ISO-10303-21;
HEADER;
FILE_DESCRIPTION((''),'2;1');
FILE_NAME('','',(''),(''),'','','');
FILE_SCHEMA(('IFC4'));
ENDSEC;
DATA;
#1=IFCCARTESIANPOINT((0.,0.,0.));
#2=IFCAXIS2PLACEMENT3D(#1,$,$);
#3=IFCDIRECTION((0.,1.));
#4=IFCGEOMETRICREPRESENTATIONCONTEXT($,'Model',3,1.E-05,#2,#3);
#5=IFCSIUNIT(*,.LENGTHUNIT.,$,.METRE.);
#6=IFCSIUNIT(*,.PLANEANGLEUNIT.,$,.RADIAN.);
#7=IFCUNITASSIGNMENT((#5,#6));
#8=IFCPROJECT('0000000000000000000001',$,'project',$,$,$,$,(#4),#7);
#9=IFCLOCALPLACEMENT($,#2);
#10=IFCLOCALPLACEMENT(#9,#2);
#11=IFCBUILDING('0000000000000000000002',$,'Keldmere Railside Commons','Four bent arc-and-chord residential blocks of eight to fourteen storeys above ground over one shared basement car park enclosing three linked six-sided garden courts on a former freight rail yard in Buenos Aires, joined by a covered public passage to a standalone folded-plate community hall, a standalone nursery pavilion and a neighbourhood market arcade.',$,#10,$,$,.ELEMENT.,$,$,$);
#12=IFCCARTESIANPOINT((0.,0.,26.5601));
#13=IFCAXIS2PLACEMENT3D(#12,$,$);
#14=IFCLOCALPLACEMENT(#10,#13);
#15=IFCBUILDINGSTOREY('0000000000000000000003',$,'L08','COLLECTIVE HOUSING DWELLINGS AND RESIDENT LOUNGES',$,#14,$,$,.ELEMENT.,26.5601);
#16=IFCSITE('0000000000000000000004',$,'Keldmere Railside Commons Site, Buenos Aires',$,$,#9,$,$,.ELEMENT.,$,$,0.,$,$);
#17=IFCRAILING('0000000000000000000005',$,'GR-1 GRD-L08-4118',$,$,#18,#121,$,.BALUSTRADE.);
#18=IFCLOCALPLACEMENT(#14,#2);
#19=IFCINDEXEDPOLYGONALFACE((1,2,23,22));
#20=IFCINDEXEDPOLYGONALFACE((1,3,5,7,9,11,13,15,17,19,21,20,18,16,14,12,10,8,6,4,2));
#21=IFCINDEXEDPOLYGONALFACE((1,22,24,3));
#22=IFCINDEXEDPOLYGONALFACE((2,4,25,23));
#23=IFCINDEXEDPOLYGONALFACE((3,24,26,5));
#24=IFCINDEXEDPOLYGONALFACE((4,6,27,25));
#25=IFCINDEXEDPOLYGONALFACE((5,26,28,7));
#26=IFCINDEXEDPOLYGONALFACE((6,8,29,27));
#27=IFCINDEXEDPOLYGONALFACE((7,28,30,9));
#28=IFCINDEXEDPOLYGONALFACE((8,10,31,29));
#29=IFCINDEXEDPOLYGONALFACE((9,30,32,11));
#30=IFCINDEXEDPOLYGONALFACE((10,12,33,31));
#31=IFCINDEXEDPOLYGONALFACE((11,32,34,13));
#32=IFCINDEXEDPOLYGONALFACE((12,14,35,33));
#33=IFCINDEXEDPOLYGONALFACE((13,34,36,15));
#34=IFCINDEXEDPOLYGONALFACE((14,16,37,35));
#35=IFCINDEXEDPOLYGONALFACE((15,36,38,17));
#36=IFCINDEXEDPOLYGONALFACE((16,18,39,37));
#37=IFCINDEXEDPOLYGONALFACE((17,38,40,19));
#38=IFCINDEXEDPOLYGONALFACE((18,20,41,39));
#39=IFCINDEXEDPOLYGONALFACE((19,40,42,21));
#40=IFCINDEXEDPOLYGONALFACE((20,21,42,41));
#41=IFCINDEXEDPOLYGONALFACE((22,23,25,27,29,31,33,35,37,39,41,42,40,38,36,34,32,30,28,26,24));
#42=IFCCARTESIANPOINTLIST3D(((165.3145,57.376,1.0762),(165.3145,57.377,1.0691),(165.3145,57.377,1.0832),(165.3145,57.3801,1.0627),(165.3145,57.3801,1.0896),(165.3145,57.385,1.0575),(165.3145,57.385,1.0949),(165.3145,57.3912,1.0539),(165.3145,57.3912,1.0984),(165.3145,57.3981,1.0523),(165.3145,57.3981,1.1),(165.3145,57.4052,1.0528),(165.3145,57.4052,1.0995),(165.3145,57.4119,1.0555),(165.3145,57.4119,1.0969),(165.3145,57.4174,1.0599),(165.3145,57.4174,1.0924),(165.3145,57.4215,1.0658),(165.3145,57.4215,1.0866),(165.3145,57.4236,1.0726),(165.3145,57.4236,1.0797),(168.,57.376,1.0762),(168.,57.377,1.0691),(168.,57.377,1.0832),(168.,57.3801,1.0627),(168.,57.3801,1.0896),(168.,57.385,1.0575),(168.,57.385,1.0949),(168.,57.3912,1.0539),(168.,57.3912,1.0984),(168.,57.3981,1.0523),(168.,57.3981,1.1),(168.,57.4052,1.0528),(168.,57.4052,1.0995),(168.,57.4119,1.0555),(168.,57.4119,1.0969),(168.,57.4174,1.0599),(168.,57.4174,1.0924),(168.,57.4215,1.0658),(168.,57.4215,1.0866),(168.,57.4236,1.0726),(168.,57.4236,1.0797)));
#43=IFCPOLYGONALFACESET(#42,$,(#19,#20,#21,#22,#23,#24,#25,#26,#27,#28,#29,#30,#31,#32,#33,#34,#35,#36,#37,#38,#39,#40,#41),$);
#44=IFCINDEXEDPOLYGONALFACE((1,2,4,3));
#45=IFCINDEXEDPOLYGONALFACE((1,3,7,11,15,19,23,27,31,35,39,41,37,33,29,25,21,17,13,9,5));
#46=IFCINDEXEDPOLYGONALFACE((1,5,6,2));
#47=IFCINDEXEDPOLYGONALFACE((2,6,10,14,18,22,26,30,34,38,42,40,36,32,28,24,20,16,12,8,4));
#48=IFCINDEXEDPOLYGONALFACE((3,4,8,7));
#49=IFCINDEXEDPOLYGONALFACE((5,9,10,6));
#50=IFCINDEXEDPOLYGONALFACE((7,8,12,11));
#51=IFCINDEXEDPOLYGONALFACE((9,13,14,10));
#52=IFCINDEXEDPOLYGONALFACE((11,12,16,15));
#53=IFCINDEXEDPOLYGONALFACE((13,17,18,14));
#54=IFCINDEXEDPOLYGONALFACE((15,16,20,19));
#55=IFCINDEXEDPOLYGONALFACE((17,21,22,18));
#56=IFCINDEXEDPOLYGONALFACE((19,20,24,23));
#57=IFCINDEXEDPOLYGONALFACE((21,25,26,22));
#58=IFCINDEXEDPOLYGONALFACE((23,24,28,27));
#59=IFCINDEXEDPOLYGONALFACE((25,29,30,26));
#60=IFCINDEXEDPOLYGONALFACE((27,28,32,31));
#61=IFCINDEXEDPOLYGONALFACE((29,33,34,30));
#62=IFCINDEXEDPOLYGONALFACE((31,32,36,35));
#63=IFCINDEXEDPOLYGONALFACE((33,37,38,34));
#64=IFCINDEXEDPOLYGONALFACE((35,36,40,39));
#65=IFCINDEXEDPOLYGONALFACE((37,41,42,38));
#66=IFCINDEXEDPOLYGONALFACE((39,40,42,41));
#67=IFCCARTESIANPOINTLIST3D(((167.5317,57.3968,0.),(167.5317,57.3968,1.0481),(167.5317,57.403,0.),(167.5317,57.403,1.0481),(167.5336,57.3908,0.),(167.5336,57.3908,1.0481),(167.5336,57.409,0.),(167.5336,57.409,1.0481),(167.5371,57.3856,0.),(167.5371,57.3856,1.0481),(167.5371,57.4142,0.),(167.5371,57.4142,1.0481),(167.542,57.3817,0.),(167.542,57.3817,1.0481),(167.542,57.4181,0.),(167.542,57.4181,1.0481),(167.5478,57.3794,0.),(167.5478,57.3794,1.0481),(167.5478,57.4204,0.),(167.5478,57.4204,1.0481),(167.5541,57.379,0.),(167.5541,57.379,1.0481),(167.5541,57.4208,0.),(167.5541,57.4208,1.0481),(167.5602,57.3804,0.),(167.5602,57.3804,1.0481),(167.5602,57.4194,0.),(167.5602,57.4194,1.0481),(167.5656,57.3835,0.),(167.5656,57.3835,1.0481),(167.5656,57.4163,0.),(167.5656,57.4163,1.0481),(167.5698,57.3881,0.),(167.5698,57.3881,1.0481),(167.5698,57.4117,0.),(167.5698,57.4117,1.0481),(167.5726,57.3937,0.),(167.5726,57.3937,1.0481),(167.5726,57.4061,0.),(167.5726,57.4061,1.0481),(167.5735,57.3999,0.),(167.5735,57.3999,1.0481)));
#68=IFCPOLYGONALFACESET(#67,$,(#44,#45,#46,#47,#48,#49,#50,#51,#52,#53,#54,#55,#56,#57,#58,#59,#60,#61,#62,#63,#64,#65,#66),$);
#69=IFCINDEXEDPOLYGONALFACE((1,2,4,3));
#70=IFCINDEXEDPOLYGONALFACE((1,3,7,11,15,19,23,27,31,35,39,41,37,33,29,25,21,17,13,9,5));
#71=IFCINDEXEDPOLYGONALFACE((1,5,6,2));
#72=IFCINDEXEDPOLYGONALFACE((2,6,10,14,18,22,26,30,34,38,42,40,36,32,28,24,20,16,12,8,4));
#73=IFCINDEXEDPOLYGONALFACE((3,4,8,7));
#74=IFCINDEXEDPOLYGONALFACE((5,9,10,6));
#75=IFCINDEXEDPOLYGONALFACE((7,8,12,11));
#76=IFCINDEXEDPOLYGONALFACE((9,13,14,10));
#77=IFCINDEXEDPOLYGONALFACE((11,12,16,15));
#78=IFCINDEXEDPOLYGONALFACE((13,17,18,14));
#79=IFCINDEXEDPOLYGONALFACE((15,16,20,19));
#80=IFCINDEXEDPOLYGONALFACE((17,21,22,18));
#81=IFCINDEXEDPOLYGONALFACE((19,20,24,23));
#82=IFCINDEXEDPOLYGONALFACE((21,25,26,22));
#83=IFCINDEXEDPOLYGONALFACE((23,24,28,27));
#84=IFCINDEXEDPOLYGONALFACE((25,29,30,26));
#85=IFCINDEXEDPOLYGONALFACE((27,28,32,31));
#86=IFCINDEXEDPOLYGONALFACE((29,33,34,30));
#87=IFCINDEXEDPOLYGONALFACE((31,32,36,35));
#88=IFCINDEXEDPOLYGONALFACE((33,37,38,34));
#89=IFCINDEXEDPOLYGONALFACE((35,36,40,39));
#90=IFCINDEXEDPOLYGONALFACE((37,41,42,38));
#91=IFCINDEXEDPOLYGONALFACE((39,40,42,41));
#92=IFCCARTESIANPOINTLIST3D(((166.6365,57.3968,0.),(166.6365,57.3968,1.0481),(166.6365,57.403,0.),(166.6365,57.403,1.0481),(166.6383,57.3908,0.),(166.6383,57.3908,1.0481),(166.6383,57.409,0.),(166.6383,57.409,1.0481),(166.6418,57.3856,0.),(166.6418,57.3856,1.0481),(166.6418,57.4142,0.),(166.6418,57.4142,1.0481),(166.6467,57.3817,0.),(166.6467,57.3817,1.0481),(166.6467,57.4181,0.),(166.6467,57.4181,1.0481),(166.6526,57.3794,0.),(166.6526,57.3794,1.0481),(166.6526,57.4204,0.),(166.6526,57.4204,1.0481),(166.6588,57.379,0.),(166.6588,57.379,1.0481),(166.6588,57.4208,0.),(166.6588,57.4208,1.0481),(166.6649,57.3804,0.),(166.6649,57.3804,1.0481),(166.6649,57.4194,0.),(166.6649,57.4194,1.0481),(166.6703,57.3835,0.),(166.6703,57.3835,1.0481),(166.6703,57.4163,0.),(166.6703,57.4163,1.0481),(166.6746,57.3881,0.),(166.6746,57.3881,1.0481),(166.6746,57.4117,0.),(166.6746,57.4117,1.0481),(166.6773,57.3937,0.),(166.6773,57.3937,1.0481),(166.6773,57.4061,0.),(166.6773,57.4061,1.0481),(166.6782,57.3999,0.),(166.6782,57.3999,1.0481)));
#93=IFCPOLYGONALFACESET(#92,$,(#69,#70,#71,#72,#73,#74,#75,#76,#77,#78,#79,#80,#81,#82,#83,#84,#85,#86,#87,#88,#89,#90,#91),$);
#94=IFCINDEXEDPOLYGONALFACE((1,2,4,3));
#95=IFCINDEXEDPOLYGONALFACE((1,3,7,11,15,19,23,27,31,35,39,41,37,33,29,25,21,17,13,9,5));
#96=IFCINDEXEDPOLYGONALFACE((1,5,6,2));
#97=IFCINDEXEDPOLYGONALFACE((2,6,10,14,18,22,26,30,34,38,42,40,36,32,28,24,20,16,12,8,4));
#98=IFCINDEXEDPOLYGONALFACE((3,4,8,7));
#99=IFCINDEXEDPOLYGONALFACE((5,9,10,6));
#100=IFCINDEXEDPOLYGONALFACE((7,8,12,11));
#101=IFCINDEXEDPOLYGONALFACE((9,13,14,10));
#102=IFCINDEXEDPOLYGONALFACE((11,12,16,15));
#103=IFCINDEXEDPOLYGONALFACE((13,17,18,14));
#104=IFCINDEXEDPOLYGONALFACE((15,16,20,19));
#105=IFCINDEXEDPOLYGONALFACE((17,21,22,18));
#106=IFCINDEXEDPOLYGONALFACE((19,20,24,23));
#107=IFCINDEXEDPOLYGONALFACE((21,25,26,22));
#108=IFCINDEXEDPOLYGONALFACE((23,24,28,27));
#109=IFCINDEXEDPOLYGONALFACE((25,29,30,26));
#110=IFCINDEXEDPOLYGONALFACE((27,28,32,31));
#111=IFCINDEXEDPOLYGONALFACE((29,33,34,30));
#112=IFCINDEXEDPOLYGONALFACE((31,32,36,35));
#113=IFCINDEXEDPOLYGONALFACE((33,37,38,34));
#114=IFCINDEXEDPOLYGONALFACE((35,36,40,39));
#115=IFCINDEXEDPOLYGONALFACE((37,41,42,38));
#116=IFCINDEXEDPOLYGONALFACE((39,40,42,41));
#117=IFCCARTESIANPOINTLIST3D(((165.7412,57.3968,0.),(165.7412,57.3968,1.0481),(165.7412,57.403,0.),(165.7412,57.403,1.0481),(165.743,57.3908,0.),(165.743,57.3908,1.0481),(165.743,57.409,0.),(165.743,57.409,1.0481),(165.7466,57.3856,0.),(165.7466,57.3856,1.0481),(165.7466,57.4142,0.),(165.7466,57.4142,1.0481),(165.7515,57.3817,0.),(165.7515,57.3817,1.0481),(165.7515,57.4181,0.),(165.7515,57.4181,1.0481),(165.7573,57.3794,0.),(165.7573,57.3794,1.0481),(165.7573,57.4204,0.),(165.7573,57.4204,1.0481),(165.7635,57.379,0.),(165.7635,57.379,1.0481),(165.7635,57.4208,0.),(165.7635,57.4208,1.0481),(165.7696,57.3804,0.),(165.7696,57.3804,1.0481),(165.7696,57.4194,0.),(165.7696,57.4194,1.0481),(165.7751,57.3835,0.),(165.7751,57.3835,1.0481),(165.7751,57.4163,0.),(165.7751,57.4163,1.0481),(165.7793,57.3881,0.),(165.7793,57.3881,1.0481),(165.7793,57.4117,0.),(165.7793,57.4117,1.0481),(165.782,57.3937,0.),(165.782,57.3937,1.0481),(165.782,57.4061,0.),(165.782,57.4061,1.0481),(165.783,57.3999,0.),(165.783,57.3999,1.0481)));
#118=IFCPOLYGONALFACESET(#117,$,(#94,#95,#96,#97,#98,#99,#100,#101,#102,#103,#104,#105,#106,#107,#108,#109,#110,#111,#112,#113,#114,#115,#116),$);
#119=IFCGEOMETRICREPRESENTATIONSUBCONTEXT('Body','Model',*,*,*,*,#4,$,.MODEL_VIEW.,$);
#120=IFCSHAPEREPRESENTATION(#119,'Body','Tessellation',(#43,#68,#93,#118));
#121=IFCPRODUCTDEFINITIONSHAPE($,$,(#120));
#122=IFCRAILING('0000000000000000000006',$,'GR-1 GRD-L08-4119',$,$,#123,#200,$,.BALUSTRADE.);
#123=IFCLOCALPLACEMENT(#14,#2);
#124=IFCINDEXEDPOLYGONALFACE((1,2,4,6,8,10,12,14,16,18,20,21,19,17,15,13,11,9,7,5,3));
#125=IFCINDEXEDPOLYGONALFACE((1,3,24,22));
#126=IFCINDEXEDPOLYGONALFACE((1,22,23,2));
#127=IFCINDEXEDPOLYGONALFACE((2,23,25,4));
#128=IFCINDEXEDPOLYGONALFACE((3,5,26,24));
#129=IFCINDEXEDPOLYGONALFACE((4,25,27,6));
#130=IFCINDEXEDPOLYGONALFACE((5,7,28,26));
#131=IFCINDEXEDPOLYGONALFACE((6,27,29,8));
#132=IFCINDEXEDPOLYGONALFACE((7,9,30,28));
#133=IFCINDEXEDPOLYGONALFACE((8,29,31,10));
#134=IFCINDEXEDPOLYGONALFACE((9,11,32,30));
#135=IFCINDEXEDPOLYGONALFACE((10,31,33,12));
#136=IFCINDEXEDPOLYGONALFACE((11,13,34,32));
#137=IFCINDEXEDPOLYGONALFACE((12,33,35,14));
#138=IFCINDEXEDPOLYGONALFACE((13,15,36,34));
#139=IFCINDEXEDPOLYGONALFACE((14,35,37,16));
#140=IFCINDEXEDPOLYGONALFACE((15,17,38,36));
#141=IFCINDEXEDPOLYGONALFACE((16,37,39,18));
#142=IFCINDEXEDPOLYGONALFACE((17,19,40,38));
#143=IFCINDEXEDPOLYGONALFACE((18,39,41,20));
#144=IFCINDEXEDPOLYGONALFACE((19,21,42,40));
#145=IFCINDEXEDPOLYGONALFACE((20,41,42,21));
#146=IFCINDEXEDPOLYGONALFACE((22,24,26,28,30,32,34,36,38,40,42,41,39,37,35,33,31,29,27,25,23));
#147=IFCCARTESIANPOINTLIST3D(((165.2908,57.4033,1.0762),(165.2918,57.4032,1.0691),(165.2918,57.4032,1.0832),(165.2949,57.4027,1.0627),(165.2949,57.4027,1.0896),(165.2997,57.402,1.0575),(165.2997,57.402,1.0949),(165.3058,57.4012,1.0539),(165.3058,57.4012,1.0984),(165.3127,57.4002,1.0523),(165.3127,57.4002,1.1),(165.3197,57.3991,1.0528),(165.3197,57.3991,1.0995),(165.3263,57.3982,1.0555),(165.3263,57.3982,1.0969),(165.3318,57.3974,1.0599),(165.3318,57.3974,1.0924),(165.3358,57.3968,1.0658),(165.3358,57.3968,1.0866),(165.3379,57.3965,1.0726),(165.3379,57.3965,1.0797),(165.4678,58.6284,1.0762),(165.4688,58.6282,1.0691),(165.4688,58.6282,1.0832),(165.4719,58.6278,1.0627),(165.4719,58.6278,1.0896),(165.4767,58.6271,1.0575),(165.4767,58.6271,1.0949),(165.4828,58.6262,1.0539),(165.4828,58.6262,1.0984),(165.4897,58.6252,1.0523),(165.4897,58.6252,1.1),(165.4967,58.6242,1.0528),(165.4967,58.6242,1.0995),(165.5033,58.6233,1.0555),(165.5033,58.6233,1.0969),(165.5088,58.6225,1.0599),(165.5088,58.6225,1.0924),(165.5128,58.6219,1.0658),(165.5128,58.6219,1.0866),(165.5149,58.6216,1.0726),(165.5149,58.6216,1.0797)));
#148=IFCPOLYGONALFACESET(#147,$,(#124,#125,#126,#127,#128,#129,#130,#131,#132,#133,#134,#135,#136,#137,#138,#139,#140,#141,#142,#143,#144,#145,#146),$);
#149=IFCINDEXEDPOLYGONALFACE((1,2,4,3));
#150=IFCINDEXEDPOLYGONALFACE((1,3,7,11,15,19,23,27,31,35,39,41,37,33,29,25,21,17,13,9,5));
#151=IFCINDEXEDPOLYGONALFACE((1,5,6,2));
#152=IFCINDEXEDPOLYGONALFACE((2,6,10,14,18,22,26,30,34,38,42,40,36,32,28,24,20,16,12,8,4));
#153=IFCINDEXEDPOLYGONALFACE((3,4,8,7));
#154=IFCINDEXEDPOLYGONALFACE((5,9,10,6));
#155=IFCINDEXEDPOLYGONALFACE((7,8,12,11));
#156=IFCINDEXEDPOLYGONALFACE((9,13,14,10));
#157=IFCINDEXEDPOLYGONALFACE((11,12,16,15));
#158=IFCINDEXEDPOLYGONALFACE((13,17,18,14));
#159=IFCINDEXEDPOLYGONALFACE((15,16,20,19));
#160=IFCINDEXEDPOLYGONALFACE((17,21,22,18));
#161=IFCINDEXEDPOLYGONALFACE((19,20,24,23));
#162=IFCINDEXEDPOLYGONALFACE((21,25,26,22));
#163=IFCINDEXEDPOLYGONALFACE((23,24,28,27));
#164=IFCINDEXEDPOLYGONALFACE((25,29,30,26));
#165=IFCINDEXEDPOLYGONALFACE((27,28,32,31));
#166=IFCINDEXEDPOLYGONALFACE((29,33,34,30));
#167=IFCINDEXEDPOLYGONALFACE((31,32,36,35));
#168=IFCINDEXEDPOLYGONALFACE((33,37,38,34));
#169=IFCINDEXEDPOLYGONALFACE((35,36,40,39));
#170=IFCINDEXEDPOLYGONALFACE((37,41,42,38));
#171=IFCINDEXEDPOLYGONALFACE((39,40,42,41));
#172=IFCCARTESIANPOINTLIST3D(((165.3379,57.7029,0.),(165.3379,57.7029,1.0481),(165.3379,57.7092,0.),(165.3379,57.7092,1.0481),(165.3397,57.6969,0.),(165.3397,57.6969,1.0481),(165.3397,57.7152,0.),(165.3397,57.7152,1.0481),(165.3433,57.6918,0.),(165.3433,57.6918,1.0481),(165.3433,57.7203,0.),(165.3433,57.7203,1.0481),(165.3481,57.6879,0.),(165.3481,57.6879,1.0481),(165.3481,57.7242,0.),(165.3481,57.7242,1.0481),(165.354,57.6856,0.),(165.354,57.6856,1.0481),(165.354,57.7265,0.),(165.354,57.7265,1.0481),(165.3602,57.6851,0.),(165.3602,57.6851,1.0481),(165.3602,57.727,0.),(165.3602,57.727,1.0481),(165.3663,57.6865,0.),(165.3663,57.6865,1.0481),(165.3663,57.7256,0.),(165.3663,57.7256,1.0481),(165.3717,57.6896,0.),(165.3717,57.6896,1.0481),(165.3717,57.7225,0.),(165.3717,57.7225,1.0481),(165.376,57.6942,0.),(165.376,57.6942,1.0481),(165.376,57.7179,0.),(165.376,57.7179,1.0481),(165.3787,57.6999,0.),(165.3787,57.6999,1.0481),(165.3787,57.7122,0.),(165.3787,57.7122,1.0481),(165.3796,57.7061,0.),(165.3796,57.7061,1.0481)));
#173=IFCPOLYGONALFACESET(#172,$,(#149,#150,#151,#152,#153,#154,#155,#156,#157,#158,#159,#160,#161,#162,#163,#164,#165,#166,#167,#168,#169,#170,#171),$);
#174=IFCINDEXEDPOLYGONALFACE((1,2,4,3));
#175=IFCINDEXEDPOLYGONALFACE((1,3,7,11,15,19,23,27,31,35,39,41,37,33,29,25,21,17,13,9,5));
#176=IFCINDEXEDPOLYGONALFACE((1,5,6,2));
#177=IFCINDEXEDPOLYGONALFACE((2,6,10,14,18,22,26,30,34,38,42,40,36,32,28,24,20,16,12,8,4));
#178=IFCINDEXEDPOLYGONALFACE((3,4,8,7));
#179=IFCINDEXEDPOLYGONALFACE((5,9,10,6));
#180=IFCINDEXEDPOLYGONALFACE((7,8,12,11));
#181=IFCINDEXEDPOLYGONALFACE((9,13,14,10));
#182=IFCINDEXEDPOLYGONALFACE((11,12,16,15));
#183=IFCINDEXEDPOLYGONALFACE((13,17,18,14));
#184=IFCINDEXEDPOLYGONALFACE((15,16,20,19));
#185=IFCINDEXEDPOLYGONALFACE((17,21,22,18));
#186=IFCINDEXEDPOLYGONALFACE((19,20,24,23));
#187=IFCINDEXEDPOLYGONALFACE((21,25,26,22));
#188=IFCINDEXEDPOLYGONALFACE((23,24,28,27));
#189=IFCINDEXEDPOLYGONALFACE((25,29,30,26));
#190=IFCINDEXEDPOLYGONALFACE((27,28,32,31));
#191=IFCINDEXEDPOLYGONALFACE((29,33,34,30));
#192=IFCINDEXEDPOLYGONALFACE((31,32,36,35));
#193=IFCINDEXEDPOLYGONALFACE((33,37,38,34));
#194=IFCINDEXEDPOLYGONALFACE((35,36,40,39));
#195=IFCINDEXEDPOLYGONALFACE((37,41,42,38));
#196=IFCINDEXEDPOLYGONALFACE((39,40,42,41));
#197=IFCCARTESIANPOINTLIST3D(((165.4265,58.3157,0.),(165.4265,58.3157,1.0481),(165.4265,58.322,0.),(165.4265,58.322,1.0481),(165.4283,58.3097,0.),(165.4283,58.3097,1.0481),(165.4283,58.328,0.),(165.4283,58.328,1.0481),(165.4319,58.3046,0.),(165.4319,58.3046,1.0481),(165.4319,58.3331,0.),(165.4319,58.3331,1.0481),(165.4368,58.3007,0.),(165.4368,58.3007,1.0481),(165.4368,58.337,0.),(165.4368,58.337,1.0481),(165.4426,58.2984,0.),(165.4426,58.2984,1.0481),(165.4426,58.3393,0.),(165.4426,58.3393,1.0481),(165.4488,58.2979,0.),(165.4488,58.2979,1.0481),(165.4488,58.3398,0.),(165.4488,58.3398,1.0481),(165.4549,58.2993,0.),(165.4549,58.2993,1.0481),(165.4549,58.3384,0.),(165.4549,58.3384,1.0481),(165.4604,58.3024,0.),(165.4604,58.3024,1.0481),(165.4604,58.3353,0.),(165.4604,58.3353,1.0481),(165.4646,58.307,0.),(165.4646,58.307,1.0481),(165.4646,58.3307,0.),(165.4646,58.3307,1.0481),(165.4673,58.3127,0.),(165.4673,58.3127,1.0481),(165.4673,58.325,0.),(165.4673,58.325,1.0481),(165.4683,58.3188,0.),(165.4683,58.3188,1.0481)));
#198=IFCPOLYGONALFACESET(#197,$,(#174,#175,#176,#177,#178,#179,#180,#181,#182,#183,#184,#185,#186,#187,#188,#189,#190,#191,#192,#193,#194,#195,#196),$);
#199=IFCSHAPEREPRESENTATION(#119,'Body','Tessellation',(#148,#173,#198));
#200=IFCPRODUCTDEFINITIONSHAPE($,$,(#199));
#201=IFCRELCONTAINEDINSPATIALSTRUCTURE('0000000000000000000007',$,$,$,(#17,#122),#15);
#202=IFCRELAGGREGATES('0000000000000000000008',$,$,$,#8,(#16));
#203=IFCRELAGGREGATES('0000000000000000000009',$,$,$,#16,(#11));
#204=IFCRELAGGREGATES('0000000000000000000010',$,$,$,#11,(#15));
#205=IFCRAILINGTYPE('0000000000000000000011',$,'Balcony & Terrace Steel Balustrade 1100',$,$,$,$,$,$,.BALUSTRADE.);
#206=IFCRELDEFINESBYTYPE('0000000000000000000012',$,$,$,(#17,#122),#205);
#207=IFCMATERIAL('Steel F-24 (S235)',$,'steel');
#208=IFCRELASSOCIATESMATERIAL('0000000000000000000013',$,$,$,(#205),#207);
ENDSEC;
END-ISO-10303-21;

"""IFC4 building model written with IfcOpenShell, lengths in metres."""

from ifc_helpers import new_model, si_unit, direction, frame, origin, origin_2d, place, context, subcontext, project, spatial, circle, extrude, material, type_object, element, save


model = new_model("IFC4")

# Units and contexts
model_context = context("Model", 3, precision=1e-05, world=origin(), true_north=direction((0.0, 1.0)))
body_context = subcontext(model_context, "Body", "Model", "MODEL_VIEW")
ifc_project = project(units=[si_unit("LENGTHUNIT", "METRE"), si_unit("PLANEANGLEUNIT", "RADIAN")], contexts=[model_context])

# Site, building, storey
site_placement = place(None, origin())
site = spatial("IfcSite", under=ifc_project, at=site_placement, Name="Keldmere Railside Commons Site, Buenos Aires", CompositionType="ELEMENT", RefElevation=0.0)
building_placement = place(site_placement, origin())
building = spatial("IfcBuilding", under=site, at=building_placement, Name="Keldmere Railside Commons", Description="Four bent arc-and-chord residential blocks of eight to fourteen storeys above ground over one shared basement car park enclosing three linked six-sided garden courts on a former freight rail yard in Buenos Aires, joined by a covered public passage to a standalone folded-plate community hall, a standalone nursery pavilion and a neighbourhood market arcade.", CompositionType="ELEMENT")
storey_placement = place(building_placement, frame((0.0, 0.0, 26.5601)))
storey = spatial("IfcBuildingStorey", under=building, at=storey_placement, Name="L08", Description="COLLECTIVE HOUSING DWELLINGS AND RESIDENT LOUNGES", CompositionType="ELEMENT", Elevation=26.5601)

# Railings
ifc_material_1 = material(Name="Steel F-24 (S235)", Category="steel")
railing_type = type_object("IfcRailingType", Name="Balcony & Terrace Steel Balustrade 1100", PredefinedType="BALUSTRADE", material=ifc_material_1)
railing_1_placement = place(storey_placement, frame((168.0, 57.3999, 0.0)))
element("IfcRailing", 1, at=railing_1_placement, inside=storey, type_object=railing_type, Name="GR-1 GRD-L08-4118", PredefinedType="BALUSTRADE", context=body_context, shape_type="SweptSolid", body=[
    extrude(circle(Radius=0.0239, at=origin_2d()), frame((0.0, 0.0, 1.0762), z_axis=(-1.0, 0.0, 0.0), x_axis=(0.0, -1.0, 0.0)), (0.0, 0.0, 1.0), 2.6855),
    extrude(circle(Radius=0.021, at=origin_2d()), frame((-0.4475, 0.0, 0.0)), (0.0, 0.0, 1.0), 1.0481),
    extrude(circle(Radius=0.021, at=origin_2d()), frame((-1.3428, 0.0, 0.0)), (0.0, 0.0, 1.0), 1.0481),
    extrude(circle(Radius=0.021, at=origin_2d()), frame((-2.238, 0.0, 0.0)), (0.0, 0.0, 1.0), 1.0481),
])
railing_2_placement = place(storey_placement, frame((165.3145, 57.3999, 0.0)))
element("IfcRailing", 2, at=railing_2_placement, inside=storey, type_object=railing_type, Name="GR-1 GRD-L08-4119", PredefinedType="BALUSTRADE", context=body_context, shape_type="SweptSolid", body=[
    extrude(circle(Radius=0.0239, at=origin_2d()), frame((0.0, 0.0, 1.0762), z_axis=(0.142995, 0.989723, 0.0), x_axis=(-0.989723, 0.142995, 0.0)), (0.0, 0.0, 1.0), 1.2378),
    extrude(circle(Radius=0.021, at=origin_2d()), frame((0.0442, 0.3062, 0.0)), (0.0, 0.0, 1.0), 1.0481),
    extrude(circle(Radius=0.021, at=origin_2d()), frame((0.1328, 0.9189, 0.0)), (0.0, 0.0, 1.0), 1.0481),
])

save(model, "model.ifc")
